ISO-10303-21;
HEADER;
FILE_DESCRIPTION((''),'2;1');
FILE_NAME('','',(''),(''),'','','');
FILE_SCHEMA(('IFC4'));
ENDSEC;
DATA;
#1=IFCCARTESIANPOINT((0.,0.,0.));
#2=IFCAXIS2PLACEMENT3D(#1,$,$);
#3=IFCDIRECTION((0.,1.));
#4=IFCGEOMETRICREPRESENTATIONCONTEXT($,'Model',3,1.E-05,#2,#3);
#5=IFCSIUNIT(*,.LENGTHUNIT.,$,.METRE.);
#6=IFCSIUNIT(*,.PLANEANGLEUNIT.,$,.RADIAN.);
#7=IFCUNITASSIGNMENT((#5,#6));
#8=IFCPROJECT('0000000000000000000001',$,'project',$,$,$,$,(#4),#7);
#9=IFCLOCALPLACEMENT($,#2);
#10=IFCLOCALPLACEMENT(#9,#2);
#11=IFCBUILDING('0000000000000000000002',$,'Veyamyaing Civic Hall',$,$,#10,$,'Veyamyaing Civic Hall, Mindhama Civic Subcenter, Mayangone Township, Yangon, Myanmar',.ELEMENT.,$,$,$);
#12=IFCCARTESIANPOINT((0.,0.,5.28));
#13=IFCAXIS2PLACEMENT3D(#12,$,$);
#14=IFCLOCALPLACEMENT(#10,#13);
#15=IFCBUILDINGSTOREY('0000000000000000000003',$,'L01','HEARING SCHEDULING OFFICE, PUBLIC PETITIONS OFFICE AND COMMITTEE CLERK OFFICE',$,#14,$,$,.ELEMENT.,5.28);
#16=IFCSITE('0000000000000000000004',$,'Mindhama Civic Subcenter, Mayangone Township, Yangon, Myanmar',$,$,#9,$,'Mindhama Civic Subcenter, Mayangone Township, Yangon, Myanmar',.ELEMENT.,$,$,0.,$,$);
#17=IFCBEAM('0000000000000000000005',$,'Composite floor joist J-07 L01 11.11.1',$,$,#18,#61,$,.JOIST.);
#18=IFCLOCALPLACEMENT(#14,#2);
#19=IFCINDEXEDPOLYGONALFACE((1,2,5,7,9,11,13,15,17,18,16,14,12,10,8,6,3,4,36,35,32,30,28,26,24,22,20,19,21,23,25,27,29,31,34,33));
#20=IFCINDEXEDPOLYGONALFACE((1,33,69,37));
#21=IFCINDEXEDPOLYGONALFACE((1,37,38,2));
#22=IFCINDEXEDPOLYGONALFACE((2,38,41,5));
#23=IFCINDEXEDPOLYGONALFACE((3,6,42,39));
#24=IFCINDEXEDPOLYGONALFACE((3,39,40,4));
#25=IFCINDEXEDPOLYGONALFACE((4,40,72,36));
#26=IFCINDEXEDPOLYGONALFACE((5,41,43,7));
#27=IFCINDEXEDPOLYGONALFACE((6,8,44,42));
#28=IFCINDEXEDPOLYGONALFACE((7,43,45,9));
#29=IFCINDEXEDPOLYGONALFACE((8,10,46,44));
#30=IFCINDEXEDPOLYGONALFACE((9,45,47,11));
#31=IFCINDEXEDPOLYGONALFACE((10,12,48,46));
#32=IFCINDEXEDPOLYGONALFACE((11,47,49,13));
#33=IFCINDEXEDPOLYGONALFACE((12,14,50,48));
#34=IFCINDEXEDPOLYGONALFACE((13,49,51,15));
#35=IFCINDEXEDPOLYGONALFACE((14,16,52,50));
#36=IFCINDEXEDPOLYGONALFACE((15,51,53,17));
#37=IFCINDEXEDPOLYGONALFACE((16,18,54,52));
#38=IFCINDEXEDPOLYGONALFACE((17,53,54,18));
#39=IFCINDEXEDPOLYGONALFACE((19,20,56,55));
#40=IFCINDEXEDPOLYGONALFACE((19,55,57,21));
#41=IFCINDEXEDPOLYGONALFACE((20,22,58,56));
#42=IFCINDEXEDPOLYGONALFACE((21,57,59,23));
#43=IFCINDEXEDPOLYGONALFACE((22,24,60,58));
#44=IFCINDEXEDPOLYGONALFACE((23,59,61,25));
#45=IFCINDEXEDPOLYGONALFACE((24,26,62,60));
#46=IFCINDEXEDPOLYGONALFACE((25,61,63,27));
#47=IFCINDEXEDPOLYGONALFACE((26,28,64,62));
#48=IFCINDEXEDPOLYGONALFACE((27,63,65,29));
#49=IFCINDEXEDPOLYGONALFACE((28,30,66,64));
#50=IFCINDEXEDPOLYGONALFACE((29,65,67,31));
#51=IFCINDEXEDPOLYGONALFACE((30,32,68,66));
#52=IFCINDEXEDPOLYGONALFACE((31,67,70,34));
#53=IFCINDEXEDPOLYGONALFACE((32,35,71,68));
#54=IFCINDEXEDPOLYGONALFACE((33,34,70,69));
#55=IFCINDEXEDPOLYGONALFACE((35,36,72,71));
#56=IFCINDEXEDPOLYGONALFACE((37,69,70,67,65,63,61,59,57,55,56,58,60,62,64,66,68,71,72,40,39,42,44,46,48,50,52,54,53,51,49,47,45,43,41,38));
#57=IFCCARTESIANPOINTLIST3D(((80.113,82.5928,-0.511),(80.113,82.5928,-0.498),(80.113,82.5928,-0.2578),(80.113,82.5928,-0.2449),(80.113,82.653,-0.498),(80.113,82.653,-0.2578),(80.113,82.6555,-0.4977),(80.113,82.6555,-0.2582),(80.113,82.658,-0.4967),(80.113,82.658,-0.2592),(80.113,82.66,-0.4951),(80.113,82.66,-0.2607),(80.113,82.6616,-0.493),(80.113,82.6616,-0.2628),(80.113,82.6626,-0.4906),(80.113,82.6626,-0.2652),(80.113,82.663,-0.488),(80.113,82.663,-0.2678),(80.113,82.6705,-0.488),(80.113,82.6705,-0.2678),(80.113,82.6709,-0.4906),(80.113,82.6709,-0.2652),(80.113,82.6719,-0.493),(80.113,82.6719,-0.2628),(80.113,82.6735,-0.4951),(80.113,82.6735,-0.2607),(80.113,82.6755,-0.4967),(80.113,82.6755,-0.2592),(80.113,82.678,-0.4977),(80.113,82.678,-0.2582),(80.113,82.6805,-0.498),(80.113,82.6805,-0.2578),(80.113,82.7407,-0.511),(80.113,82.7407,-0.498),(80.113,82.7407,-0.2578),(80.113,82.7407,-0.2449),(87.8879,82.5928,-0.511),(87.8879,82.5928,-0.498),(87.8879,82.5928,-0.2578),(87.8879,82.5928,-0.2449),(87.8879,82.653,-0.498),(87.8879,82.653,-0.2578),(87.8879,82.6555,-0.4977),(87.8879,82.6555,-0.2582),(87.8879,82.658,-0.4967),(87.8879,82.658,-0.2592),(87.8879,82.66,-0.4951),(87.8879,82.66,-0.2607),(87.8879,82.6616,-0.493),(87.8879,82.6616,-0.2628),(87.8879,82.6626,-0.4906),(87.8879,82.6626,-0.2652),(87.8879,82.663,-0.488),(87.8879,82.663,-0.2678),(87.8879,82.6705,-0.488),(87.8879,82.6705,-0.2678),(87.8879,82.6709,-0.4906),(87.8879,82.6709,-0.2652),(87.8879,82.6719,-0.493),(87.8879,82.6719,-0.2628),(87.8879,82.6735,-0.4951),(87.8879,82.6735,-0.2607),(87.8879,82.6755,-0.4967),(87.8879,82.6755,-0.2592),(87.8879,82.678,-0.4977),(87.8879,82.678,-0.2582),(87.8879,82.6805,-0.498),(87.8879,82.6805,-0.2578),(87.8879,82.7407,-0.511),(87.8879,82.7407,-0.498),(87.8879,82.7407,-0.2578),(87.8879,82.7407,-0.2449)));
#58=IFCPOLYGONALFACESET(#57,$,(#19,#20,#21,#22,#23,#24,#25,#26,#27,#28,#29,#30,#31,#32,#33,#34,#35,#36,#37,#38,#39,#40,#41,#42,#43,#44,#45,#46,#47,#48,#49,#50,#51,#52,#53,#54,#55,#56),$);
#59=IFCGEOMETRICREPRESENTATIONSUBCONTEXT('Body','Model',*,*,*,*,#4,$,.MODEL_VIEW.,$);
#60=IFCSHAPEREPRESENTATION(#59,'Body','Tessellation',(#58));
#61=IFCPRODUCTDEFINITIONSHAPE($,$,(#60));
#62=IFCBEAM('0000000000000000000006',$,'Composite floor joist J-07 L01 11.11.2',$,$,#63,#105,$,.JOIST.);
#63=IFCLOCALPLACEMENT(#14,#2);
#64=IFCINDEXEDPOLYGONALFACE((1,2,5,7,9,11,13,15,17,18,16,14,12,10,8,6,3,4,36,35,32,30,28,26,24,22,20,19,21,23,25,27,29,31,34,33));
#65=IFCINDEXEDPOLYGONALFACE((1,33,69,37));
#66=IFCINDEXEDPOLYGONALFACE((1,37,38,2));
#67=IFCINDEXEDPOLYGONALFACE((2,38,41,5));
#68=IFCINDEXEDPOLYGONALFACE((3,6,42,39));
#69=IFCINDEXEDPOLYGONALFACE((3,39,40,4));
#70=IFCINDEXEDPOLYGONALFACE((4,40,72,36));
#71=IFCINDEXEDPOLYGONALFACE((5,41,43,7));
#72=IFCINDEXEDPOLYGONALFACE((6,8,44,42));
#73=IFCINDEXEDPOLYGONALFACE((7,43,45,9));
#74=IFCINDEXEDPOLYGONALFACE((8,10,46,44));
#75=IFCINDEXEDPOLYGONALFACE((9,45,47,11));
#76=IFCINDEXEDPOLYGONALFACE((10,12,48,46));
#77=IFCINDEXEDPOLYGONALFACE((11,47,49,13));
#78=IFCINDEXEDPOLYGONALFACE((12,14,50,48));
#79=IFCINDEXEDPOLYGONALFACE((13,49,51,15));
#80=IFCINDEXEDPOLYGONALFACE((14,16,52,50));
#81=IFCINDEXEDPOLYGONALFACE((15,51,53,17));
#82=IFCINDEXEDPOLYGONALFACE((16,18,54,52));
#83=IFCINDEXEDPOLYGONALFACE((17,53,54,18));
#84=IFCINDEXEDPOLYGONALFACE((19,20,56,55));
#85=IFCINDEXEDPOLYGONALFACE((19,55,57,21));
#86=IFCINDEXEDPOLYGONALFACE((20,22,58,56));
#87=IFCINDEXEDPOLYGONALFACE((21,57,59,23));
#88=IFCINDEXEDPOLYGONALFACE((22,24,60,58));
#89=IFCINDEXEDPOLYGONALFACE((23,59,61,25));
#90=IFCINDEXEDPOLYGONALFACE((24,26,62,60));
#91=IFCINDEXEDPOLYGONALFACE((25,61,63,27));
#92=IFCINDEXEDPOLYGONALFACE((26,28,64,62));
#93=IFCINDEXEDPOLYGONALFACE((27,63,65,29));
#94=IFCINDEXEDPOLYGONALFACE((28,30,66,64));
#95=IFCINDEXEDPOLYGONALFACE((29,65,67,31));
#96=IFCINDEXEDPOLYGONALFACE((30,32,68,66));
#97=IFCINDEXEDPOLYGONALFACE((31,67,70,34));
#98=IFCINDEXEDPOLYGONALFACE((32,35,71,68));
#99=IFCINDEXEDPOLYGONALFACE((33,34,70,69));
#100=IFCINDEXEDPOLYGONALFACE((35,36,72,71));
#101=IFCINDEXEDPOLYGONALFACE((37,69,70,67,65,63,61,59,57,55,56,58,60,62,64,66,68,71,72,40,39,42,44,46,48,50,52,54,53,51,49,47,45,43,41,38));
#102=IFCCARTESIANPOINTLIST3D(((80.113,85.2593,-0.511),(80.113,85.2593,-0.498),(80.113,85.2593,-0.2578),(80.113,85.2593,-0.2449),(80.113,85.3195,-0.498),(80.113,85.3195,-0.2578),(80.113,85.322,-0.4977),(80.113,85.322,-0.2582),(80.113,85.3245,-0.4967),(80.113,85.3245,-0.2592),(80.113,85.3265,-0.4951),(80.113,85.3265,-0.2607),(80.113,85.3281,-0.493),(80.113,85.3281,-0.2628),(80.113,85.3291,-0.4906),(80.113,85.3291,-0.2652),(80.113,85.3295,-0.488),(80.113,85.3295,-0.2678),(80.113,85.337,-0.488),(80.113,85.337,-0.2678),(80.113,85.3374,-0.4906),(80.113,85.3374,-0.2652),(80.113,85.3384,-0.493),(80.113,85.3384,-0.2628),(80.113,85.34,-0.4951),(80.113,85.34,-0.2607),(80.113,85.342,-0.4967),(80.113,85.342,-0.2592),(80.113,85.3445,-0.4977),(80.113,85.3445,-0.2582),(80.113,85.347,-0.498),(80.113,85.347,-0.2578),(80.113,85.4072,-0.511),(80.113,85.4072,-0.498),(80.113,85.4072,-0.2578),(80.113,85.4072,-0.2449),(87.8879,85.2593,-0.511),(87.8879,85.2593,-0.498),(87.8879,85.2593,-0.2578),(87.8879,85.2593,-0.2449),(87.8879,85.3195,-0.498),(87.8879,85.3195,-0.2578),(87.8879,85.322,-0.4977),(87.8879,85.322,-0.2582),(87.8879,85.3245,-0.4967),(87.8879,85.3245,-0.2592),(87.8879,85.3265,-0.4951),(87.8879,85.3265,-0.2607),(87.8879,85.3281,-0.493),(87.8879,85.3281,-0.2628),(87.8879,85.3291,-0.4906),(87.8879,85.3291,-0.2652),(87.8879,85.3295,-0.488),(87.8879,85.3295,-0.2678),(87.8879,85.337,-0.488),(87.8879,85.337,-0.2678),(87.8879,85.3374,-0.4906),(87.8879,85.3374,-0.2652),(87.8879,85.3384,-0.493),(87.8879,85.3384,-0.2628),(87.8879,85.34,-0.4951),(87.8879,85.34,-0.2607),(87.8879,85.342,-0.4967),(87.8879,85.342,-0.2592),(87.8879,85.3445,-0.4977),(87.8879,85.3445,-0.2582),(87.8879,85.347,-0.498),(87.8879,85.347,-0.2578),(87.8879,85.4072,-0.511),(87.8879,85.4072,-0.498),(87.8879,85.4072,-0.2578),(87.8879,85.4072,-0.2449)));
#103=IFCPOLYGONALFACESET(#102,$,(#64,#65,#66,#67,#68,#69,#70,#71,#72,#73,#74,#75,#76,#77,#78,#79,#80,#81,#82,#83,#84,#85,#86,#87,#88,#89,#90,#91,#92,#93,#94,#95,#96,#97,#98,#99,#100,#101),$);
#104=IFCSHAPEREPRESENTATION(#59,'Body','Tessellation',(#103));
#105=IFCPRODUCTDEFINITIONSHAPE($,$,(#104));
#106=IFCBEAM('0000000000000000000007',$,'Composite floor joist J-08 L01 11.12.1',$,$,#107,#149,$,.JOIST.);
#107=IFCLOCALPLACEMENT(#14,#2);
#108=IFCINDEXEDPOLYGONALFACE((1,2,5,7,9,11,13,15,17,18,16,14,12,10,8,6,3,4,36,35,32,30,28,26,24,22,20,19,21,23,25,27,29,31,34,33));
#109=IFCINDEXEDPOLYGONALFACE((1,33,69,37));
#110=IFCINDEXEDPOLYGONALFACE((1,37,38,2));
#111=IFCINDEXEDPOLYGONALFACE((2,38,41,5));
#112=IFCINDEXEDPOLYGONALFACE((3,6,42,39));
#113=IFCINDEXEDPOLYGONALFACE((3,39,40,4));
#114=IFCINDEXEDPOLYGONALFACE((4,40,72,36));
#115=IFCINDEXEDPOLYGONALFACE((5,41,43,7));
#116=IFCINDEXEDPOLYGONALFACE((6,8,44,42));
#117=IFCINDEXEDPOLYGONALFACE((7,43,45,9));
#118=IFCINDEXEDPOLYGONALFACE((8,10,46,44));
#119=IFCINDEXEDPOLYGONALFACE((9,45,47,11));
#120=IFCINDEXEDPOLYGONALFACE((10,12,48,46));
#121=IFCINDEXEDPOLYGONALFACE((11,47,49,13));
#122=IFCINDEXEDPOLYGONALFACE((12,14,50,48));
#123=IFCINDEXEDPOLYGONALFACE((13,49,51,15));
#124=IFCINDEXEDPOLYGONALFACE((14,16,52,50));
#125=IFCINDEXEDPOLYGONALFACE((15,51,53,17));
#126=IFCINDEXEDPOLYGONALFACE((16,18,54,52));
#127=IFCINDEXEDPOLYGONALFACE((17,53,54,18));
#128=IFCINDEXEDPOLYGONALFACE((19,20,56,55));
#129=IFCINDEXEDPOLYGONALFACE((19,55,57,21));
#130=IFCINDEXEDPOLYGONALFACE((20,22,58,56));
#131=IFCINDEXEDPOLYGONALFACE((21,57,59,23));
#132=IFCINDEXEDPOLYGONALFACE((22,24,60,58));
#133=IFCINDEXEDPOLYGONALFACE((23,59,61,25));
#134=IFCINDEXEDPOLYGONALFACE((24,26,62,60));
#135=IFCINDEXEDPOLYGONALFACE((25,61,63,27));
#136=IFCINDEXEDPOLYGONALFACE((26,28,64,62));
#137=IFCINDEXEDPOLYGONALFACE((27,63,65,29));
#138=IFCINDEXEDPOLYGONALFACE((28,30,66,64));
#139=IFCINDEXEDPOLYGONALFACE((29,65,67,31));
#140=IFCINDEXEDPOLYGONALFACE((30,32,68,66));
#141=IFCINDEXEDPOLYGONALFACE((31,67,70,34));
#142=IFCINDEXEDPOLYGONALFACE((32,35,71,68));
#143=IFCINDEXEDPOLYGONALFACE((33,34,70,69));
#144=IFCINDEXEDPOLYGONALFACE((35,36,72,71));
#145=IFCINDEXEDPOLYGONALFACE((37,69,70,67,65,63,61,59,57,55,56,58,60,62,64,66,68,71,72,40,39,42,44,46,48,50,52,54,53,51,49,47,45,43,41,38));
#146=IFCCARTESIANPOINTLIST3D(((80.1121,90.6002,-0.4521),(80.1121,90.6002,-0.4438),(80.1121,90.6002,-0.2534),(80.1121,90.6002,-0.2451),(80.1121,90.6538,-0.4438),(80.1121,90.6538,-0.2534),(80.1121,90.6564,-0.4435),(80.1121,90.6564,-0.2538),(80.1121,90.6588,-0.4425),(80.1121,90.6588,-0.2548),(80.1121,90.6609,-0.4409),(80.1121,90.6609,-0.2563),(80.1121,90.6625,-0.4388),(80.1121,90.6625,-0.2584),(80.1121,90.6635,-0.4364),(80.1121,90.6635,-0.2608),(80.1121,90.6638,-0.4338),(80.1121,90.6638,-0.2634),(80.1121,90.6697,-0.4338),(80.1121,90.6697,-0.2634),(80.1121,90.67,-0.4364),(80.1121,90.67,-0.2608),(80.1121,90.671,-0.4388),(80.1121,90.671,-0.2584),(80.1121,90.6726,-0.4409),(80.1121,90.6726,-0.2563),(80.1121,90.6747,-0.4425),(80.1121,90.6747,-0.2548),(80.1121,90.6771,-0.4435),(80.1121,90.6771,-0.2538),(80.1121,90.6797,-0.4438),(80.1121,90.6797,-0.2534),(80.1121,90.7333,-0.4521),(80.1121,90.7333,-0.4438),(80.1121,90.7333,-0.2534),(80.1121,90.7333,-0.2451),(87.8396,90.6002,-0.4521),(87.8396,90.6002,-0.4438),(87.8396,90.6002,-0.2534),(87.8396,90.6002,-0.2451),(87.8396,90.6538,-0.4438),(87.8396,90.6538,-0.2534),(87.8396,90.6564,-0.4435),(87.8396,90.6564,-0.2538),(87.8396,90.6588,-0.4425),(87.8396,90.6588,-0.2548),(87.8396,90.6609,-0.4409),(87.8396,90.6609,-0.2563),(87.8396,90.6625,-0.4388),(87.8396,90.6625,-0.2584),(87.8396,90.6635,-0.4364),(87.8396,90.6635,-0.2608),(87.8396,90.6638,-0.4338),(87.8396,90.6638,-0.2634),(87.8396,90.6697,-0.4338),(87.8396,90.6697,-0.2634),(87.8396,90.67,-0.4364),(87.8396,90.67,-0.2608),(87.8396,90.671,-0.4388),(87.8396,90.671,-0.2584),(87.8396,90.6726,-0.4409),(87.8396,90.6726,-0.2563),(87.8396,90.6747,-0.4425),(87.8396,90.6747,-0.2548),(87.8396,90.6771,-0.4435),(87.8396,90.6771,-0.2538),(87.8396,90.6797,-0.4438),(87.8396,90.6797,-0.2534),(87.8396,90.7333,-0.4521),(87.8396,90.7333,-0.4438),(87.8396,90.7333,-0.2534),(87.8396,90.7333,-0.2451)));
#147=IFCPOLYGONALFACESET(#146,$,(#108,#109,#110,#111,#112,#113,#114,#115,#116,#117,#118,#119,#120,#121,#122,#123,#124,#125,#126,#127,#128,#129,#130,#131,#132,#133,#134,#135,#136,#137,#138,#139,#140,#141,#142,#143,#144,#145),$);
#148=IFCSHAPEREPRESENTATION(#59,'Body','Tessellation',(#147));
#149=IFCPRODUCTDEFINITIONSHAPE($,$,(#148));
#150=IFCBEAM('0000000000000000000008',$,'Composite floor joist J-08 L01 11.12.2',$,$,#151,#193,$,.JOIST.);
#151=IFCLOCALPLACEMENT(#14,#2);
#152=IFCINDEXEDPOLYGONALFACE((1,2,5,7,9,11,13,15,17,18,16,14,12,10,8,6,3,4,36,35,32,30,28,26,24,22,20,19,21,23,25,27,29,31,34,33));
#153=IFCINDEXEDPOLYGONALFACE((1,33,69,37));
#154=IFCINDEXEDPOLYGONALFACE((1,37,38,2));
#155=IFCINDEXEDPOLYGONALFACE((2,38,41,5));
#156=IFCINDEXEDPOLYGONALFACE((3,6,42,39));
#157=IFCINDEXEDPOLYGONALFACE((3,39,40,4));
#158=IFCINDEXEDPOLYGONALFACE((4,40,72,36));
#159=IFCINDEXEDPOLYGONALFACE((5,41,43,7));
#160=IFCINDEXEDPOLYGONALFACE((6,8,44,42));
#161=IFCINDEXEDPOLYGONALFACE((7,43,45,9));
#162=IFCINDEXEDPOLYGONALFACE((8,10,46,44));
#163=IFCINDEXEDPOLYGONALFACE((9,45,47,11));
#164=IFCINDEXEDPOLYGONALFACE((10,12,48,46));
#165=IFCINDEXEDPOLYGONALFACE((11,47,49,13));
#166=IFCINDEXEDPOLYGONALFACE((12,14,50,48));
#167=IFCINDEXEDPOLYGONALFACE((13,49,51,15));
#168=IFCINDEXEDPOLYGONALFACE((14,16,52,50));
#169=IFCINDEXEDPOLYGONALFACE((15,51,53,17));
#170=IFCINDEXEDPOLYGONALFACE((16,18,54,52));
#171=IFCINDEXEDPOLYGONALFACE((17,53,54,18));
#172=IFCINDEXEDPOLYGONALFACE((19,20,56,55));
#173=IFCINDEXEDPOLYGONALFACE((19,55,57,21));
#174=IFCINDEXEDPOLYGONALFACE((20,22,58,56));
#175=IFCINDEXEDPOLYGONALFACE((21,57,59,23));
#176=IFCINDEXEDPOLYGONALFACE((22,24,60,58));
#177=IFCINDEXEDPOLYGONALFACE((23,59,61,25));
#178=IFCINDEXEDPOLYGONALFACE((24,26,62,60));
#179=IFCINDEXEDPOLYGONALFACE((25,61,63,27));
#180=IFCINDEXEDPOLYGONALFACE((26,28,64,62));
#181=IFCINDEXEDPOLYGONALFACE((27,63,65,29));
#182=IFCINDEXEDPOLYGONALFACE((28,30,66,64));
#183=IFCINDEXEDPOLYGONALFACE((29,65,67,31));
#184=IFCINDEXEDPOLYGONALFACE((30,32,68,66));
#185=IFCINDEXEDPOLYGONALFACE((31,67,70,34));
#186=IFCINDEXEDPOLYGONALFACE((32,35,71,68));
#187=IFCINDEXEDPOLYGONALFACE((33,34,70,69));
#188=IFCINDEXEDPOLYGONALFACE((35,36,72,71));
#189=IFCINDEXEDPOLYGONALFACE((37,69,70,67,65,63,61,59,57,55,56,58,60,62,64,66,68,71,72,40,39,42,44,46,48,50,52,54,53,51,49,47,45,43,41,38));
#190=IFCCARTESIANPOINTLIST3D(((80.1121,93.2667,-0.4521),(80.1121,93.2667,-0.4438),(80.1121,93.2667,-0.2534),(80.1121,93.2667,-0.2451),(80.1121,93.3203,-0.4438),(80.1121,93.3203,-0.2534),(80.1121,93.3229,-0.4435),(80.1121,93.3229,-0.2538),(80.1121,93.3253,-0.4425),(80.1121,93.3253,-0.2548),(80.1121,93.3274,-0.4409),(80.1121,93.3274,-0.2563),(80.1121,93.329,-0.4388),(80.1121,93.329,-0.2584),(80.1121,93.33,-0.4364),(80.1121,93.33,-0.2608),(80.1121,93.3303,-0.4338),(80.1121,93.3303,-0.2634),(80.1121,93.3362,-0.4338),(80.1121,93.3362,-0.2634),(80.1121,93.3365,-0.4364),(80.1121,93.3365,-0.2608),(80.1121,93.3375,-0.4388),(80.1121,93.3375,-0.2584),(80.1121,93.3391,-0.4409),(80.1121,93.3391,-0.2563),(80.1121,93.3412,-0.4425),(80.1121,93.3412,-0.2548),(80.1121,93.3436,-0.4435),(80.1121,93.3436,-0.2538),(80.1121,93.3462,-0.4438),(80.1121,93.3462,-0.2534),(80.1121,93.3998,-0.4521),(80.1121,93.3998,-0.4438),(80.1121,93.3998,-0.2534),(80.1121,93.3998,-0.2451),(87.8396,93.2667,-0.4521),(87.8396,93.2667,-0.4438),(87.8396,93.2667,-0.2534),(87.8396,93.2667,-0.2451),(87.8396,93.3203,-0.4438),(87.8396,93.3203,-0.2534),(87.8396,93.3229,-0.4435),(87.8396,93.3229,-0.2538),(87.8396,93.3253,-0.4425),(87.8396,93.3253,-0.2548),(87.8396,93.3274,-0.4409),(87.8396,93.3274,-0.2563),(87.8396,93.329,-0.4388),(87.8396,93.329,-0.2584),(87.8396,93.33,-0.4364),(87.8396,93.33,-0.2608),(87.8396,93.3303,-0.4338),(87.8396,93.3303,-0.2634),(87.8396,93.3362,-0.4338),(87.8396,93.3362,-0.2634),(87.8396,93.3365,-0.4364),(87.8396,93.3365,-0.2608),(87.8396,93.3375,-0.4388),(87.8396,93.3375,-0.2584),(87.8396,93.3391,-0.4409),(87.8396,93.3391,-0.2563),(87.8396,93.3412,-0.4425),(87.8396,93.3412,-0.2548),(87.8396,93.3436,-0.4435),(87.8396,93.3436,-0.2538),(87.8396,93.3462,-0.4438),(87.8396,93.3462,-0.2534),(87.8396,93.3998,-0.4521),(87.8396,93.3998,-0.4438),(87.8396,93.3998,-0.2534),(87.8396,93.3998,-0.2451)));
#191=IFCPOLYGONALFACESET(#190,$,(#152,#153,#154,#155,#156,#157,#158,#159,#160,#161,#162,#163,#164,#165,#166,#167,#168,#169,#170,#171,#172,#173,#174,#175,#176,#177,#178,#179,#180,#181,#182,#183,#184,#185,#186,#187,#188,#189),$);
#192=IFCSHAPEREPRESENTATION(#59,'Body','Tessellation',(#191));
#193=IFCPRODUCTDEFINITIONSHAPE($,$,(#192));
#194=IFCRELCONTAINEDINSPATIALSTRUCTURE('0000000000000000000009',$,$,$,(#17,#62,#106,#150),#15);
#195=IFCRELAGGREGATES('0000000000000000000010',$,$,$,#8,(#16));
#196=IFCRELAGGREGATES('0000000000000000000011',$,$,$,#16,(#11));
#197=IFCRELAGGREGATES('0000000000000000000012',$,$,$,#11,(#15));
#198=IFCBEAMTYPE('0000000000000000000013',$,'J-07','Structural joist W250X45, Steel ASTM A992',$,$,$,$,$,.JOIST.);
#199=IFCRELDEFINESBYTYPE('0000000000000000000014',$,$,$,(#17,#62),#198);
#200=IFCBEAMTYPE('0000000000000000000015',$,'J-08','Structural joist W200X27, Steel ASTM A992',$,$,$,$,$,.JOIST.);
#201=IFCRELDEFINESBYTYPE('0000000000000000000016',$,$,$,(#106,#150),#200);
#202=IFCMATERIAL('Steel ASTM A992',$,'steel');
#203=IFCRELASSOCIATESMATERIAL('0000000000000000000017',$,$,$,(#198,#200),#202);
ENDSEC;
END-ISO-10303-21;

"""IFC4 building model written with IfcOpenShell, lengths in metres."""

from ifc_helpers import new_model, si_unit, direction, frame, origin, origin_2d, place, context, subcontext, project, spatial, i_section, extrude, material, material_profile, profile_set, type_object, element, save


model = new_model("IFC4")

# Units and contexts
model_context = context("Model", 3, precision=1e-05, world=origin(), true_north=direction((0.0, 1.0)))
body_context = subcontext(model_context, "Body", "Model", "MODEL_VIEW")
ifc_project = project(units=[si_unit("LENGTHUNIT", "METRE"), si_unit("PLANEANGLEUNIT", "RADIAN")], contexts=[model_context])

# Site, building, storey
site_placement = place(None, origin())
site = spatial("IfcSite", under=ifc_project, at=site_placement, Name="Mindhama Civic Subcenter, Mayangone Township, Yangon, Myanmar", LongName="Mindhama Civic Subcenter, Mayangone Township, Yangon, Myanmar", CompositionType="ELEMENT", RefElevation=0.0)
building_placement = place(site_placement, origin())
building = spatial("IfcBuilding", under=site, at=building_placement, Name="Veyamyaing Civic Hall", LongName="Veyamyaing Civic Hall, Mindhama Civic Subcenter, Mayangone Township, Yangon, Myanmar", CompositionType="ELEMENT")
storey_placement = place(building_placement, frame((0.0, 0.0, 5.28)))
storey = spatial("IfcBuildingStorey", under=building, at=storey_placement, Name="L01", Description="HEARING SCHEDULING OFFICE, PUBLIC PETITIONS OFFICE AND COMMITTEE CLERK OFFICE", CompositionType="ELEMENT", Elevation=5.28)

# Shared definitions
ifc_material_1 = material(Name="Steel ASTM A992", Category="steel")

# Beams
ifc_material_profile_1 = material_profile(ifc_material_1, i_section(OverallWidth=0.1479, OverallDepth=0.2661, WebThickness=0.0076, FlangeThickness=0.0129, FilletRadius=0.01, at=origin_2d()), Name="W250X45")
ifc_profile_set_1 = profile_set([ifc_material_profile_1], Name="Steel ASTM A992")
beam_type_1 = type_object("IfcBeamType", Name="J-07", Description="Structural joist W250X45, Steel ASTM A992", PredefinedType="JOIST", material=ifc_profile_set_1)
for number, where, z_axis, x_axis, name in (
    (1, (80.113, 82.6667, -0.3779), (1.0, 0.0, 0.0), (0.0, 1.0, 0.0), "Composite floor joist J-07 L01 11.11.1"),
    (2, (80.113, 85.3333, -0.3779), (1.0, 0.0, 0.0), (0.0, 1.0, 0.0), "Composite floor joist J-07 L01 11.11.2"),
):
    element("IfcBeam", number, at=place(storey_placement, frame(where, z_axis=z_axis, x_axis=x_axis)), inside=storey, type_object=beam_type_1, Name=name, PredefinedType="JOIST", context=body_context, shape_type="SweptSolid", body=[
        extrude(i_section(OverallWidth=0.1479, OverallDepth=0.2661, WebThickness=0.0076, FlangeThickness=0.0129, FilletRadius=0.01, at=origin_2d()), origin(), (0.0, 0.0, 1.0), 7.7749),
    ])
ifc_material_profile_2 = material_profile(ifc_material_1, i_section(OverallWidth=0.1331, OverallDepth=0.207, WebThickness=0.0059, FlangeThickness=0.0083, FilletRadius=0.01, at=origin_2d()), Name="W200X27")
ifc_profile_set_2 = profile_set([ifc_material_profile_2], Name="Steel ASTM A992")
beam_type_2 = type_object("IfcBeamType", Name="J-08", Description="Structural joist W200X27, Steel ASTM A992", PredefinedType="JOIST", material=ifc_profile_set_2)
for number, where, z_axis, x_axis, name in (
    (3, (80.1121, 90.6667, -0.3486), (1.0, 0.0, 0.0), (0.0, 1.0, 0.0), "Composite floor joist J-08 L01 11.12.1"),
    (4, (80.1121, 93.3333, -0.3486), (1.0, 0.0, 0.0), (0.0, 1.0, 0.0), "Composite floor joist J-08 L01 11.12.2"),
):
    element("IfcBeam", number, at=place(storey_placement, frame(where, z_axis=z_axis, x_axis=x_axis)), inside=storey, type_object=beam_type_2, Name=name, PredefinedType="JOIST", context=body_context, shape_type="SweptSolid", body=[
        extrude(i_section(OverallWidth=0.1331, OverallDepth=0.207, WebThickness=0.0059, FlangeThickness=0.0083, FilletRadius=0.01, at=origin_2d()), origin(), (0.0, 0.0, 1.0), 7.7275),
    ])

save(model, "model.ifc")
